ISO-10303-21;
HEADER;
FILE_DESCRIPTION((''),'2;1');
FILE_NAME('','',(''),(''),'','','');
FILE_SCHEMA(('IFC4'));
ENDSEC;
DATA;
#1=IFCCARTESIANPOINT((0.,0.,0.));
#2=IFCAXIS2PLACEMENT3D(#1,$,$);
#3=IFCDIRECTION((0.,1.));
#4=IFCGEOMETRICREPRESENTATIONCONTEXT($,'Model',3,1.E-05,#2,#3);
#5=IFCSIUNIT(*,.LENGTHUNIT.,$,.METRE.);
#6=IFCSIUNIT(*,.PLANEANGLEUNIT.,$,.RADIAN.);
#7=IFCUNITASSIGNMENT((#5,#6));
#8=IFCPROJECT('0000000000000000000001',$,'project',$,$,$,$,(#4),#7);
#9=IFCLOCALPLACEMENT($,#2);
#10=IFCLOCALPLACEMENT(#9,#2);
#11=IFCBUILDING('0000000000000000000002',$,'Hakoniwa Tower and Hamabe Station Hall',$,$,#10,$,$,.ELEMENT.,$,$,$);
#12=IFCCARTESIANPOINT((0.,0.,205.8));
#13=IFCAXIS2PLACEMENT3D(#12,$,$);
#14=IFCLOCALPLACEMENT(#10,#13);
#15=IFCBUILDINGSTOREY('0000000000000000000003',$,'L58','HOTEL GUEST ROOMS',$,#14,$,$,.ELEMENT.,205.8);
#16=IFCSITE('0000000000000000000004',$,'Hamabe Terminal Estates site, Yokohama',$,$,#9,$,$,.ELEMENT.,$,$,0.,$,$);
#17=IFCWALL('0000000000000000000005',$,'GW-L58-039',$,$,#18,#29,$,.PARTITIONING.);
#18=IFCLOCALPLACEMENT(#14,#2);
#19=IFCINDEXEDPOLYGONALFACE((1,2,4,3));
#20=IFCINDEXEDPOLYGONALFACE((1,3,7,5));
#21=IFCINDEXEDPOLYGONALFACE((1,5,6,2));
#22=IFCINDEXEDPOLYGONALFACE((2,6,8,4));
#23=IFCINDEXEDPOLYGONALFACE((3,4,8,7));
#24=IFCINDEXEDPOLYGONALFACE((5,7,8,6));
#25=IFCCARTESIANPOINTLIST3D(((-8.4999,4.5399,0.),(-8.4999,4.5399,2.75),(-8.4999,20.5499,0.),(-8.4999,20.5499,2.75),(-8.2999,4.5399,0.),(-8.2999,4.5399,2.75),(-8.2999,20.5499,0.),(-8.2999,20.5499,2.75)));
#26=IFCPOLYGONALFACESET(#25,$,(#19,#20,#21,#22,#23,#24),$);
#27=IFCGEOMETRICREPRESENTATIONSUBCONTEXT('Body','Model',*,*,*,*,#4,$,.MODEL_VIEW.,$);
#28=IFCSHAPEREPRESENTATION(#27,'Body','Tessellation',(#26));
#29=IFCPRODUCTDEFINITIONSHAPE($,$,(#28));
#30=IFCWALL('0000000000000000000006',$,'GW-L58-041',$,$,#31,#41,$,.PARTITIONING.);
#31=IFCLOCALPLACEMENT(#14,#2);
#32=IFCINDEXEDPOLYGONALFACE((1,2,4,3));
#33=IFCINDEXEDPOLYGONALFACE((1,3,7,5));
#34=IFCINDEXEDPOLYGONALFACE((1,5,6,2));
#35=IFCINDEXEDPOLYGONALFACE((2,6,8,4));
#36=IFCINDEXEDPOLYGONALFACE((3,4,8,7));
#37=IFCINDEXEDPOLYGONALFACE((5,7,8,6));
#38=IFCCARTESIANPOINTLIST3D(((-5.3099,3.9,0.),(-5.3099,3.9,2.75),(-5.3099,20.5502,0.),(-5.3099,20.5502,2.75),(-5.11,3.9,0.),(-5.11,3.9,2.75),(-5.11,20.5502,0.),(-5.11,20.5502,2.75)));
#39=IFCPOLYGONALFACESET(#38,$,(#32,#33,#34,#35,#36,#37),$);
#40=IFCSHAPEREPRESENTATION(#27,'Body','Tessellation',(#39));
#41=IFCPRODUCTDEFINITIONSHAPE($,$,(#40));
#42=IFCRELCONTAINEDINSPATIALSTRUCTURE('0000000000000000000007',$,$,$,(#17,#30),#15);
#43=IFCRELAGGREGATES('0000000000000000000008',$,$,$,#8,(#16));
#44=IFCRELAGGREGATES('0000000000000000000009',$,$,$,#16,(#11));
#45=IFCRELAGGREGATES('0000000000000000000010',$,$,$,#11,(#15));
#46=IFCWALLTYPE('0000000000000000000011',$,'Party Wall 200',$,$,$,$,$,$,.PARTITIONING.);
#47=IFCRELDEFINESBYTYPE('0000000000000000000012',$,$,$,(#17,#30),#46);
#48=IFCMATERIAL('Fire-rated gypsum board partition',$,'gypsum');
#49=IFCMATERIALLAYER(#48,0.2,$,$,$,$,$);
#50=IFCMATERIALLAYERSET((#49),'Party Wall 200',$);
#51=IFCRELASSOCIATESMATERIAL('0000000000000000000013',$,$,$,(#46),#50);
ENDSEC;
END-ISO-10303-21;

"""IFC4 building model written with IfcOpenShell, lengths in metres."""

from ifc_helpers import new_model, si_unit, direction, frame, frame_2d, origin, place, context, subcontext, project, spatial, rectangle, extrude, material, layer, layer_set, type_object, element, save


model = new_model("IFC4")

# Units and contexts
model_context = context("Model", 3, precision=1e-05, world=origin(), true_north=direction((0.0, 1.0)))
body_context = subcontext(model_context, "Body", "Model", "MODEL_VIEW")
ifc_project = project(units=[si_unit("LENGTHUNIT", "METRE"), si_unit("PLANEANGLEUNIT", "RADIAN")], contexts=[model_context])

# Site, building, storey
site_placement = place(None, origin())
site = spatial("IfcSite", under=ifc_project, at=site_placement, Name="Hamabe Terminal Estates site, Yokohama", CompositionType="ELEMENT", RefElevation=0.0)
building_placement = place(site_placement, origin())
building = spatial("IfcBuilding", under=site, at=building_placement, Name="Hakoniwa Tower and Hamabe Station Hall", CompositionType="ELEMENT")
storey_placement = place(building_placement, frame((0.0, 0.0, 205.8)))
storey = spatial("IfcBuildingStorey", under=building, at=storey_placement, Name="L58", Description="HOTEL GUEST ROOMS", CompositionType="ELEMENT", Elevation=205.8)

# Walls
ifc_material_1 = material(Name="Fire-rated gypsum board partition", Category="gypsum")
ifc_layer_1 = layer(ifc_material_1, 0.2)
ifc_layer_set_1 = layer_set([ifc_layer_1], Name="Party Wall 200")
wall_type_1 = type_object("IfcWallType", Name="Party Wall 200", PredefinedType="PARTITIONING", material=ifc_layer_set_1)
wall_1_placement = place(storey_placement, frame((-8.3999, 4.54, 0.0), z_axis=(0.0, 0.0, 1.0), x_axis=(0.0, 1.0, 0.0)))
element("IfcWall", 1, at=wall_1_placement, inside=storey, type_object=wall_type_1, Name="GW-L58-039", PredefinedType="PARTITIONING", context=body_context, shape_type="SweptSolid", body=[
    extrude(rectangle(XDim=16.01, YDim=0.2, at=frame_2d((8.0049, 0.0))), origin(), (0.0, 0.0, 1.0), 2.75),
])
wall_2_placement = place(storey_placement, frame((-5.21, 3.8999, 0.0), z_axis=(0.0, 0.0, 1.0), x_axis=(0.0, 1.0, 0.0)))
element("IfcWall", 2, at=wall_2_placement, inside=storey, type_object=wall_type_1, Name="GW-L58-041", PredefinedType="PARTITIONING", context=body_context, shape_type="SweptSolid", body=[
    extrude(rectangle(XDim=16.6501, YDim=0.2, at=frame_2d((8.3252, 0.0))), origin(), (0.0, 0.0, 1.0), 2.75),
])

save(model, "model.ifc")
